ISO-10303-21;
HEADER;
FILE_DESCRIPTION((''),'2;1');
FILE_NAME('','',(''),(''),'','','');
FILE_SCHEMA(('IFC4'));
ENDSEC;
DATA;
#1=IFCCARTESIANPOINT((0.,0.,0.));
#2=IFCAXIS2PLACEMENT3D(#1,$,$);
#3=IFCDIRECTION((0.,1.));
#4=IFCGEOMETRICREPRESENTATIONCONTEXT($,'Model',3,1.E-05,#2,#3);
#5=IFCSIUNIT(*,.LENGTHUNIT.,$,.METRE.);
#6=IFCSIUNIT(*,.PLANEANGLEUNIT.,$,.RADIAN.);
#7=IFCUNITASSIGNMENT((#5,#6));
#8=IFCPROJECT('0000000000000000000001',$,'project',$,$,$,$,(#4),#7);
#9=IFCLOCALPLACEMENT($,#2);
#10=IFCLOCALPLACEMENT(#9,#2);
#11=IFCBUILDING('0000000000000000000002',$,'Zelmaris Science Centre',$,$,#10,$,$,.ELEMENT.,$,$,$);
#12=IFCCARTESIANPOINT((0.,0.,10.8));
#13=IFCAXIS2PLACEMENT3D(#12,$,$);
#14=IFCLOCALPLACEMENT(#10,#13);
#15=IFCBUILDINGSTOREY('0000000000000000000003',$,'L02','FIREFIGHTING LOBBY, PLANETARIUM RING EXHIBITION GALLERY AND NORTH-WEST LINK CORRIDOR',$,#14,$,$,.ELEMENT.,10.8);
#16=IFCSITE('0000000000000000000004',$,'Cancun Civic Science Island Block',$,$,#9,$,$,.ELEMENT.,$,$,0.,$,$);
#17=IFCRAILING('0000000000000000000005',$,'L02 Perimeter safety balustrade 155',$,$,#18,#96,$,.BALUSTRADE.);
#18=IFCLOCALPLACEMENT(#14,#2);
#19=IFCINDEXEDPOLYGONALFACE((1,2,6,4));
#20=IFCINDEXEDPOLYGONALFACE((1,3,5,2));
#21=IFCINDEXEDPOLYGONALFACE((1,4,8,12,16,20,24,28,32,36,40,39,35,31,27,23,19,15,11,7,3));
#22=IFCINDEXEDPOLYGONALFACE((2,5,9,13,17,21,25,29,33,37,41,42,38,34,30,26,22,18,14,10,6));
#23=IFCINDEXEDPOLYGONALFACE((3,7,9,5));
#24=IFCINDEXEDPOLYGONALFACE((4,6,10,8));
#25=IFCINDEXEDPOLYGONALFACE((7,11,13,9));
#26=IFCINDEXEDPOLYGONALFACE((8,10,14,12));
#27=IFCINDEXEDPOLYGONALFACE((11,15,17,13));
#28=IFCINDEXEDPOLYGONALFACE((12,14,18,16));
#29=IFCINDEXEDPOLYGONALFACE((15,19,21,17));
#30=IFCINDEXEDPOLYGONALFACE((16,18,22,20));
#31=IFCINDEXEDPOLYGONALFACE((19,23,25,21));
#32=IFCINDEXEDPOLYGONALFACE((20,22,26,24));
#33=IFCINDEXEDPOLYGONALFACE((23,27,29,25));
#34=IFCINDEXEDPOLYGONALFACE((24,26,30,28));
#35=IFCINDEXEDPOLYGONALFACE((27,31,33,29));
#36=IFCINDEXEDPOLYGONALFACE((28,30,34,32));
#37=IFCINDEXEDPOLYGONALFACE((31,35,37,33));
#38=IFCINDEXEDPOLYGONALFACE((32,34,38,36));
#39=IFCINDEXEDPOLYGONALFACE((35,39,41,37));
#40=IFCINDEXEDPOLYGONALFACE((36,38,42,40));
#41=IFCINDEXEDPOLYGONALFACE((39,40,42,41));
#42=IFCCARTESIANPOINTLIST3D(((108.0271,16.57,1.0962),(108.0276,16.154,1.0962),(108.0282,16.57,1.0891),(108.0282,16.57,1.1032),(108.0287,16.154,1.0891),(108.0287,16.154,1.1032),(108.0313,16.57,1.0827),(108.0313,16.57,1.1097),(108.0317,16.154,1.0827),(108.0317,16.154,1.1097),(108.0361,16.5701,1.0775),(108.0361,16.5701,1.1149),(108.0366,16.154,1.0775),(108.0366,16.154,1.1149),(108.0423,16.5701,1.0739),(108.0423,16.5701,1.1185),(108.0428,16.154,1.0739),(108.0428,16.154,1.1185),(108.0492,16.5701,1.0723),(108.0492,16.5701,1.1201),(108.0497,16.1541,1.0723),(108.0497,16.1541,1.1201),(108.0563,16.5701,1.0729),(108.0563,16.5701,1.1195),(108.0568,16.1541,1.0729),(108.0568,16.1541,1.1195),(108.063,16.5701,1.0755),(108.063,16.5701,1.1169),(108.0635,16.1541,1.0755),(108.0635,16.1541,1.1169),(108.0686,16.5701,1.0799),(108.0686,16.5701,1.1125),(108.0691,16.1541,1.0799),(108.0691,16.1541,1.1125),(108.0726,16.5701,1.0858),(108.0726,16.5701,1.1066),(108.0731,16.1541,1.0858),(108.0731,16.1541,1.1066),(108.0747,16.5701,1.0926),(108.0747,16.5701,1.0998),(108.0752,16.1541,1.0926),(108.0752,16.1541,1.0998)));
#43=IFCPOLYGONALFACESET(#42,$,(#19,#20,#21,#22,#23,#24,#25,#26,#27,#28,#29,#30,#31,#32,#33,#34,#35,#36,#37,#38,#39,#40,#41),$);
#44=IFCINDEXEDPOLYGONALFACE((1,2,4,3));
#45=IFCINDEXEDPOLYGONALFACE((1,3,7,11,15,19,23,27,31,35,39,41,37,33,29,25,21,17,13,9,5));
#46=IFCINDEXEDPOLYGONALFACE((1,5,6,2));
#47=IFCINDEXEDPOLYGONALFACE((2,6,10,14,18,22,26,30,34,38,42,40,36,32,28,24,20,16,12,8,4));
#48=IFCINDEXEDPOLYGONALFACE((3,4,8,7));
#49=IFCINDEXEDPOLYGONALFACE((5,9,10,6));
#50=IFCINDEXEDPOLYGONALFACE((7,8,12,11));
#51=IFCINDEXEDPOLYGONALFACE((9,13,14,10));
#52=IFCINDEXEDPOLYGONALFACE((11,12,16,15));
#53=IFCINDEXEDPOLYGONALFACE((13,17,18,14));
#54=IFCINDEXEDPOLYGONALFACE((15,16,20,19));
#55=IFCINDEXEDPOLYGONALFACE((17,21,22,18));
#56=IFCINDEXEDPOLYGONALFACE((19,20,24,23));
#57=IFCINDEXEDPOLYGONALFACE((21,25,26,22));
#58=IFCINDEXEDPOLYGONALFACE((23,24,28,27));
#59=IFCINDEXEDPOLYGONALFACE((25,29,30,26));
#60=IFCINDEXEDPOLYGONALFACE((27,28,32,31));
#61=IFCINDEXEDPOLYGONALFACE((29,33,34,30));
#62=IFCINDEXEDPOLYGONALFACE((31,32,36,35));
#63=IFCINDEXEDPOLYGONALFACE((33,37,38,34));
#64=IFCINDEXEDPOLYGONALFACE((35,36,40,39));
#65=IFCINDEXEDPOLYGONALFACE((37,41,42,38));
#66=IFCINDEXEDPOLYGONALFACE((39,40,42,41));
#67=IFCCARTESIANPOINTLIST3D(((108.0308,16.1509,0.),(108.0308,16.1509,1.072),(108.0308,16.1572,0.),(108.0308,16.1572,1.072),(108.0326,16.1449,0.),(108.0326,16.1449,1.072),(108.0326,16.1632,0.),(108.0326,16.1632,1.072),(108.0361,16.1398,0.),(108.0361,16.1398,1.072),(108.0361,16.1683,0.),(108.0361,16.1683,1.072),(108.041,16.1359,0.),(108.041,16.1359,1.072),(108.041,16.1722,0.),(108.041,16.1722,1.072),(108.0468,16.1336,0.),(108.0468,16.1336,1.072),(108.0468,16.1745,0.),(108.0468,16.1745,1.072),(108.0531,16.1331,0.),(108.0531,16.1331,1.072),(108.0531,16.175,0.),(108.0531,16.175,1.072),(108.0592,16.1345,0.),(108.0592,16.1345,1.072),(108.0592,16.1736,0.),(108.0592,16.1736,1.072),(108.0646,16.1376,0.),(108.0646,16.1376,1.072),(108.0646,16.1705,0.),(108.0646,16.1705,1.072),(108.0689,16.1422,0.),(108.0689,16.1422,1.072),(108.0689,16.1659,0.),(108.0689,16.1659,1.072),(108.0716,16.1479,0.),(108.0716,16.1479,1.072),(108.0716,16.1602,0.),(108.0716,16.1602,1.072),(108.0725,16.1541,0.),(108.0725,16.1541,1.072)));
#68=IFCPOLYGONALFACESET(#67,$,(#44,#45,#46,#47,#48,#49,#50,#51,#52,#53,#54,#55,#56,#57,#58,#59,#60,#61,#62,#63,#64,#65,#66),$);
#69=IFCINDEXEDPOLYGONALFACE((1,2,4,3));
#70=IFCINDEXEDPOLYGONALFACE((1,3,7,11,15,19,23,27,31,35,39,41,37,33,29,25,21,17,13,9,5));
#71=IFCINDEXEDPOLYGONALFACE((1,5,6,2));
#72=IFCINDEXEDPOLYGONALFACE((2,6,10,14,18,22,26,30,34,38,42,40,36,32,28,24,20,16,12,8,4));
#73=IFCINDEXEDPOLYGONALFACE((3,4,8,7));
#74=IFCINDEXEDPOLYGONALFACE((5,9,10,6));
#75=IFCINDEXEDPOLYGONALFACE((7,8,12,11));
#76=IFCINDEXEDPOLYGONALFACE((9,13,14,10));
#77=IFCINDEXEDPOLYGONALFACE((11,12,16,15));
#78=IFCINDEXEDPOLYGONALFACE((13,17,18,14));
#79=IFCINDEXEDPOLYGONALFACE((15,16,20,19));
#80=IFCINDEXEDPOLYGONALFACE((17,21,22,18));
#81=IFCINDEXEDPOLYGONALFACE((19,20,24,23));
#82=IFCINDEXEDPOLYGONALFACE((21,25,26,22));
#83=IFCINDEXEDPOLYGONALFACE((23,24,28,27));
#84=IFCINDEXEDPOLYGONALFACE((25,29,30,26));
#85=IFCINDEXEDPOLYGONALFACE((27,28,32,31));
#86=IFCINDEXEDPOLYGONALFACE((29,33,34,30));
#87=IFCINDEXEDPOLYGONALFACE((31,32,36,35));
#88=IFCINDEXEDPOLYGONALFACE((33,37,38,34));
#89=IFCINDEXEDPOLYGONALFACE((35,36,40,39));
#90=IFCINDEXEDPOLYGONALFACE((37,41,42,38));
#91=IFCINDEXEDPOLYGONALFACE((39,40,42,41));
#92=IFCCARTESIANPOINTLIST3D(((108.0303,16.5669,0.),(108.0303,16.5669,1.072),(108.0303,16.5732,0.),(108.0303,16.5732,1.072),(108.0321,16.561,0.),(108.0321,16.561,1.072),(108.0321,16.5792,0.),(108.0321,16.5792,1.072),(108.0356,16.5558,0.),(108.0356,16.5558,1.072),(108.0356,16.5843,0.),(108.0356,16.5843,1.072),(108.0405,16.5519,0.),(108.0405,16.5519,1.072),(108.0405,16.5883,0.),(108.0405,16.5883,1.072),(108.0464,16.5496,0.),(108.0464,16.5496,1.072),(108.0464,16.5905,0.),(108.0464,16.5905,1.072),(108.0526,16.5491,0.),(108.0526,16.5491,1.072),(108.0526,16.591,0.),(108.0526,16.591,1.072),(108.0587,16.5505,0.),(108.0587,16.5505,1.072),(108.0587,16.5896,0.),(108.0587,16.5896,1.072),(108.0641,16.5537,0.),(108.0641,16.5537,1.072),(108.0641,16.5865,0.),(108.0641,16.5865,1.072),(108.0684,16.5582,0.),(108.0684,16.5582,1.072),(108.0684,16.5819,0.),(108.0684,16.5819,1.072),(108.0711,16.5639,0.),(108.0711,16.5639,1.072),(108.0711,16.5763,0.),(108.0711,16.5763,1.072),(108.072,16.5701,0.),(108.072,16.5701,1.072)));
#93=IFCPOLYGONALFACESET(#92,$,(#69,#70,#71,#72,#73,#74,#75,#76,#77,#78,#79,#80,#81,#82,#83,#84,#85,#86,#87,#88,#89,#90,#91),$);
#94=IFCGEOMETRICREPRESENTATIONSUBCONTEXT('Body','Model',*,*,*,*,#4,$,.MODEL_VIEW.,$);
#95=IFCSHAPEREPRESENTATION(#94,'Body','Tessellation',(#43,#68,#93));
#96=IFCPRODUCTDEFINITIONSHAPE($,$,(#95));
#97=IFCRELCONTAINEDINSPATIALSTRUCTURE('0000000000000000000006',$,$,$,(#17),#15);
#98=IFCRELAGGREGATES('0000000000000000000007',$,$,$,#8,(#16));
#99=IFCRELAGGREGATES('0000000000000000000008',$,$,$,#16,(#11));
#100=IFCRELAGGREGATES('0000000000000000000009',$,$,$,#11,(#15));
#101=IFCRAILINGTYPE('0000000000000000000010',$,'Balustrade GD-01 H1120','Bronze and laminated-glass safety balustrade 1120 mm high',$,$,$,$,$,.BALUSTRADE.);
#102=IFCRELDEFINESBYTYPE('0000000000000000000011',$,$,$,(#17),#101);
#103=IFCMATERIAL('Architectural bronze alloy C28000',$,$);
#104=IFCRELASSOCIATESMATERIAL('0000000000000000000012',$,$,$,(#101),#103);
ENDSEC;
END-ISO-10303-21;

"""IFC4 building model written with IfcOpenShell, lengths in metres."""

from ifc_helpers import new_model, si_unit, direction, frame, origin, origin_2d, place, context, subcontext, project, spatial, circle, extrude, material, type_object, element, save


model = new_model("IFC4")

# Units and contexts
model_context = context("Model", 3, precision=1e-05, world=origin(), true_north=direction((0.0, 1.0)))
body_context = subcontext(model_context, "Body", "Model", "MODEL_VIEW")
ifc_project = project(units=[si_unit("LENGTHUNIT", "METRE"), si_unit("PLANEANGLEUNIT", "RADIAN")], contexts=[model_context])

# Site, building, storey
site_placement = place(None, origin())
site = spatial("IfcSite", under=ifc_project, at=site_placement, Name="Cancun Civic Science Island Block", CompositionType="ELEMENT", RefElevation=0.0)
building_placement = place(site_placement, origin())
building = spatial("IfcBuilding", under=site, at=building_placement, Name="Zelmaris Science Centre", CompositionType="ELEMENT")
storey_placement = place(building_placement, frame((0.0, 0.0, 10.8)))
storey = spatial("IfcBuildingStorey", under=building, at=storey_placement, Name="L02", Description="FIREFIGHTING LOBBY, PLANETARIUM RING EXHIBITION GALLERY AND NORTH-WEST LINK CORRIDOR", CompositionType="ELEMENT", Elevation=10.8)

# Railing
ifc_material_1 = material(Name="Architectural bronze alloy C28000")
railing_type = type_object("IfcRailingType", Name="Balustrade GD-01 H1120", Description="Bronze and laminated-glass safety balustrade 1120 mm high", PredefinedType="BALUSTRADE", material=ifc_material_1)
railing_placement = place(storey_placement, frame((108.0515, 16.1541, 0.0)))
element("IfcRailing", 1, at=railing_placement, inside=storey, type_object=railing_type, Name="L02 Perimeter safety balustrade 155", PredefinedType="BALUSTRADE", context=body_context, shape_type="SweptSolid", body=[
    extrude(circle(Radius=0.0239, at=origin_2d()), frame((0.0, 0.0, 1.0962), z_axis=(-0.001174, 0.999999, 0.0), x_axis=(-0.999999, -0.001174, 0.0)), (0.0, 0.0, 1.0), 0.416),
    extrude(circle(Radius=0.021, at=origin_2d()), origin(), (0.0, 0.0, 1.0), 1.072),
    extrude(circle(Radius=0.021, at=origin_2d()), frame((-0.0005, 0.416, 0.0)), (0.0, 0.0, 1.0), 1.072),
])

save(model, "model.ifc")
